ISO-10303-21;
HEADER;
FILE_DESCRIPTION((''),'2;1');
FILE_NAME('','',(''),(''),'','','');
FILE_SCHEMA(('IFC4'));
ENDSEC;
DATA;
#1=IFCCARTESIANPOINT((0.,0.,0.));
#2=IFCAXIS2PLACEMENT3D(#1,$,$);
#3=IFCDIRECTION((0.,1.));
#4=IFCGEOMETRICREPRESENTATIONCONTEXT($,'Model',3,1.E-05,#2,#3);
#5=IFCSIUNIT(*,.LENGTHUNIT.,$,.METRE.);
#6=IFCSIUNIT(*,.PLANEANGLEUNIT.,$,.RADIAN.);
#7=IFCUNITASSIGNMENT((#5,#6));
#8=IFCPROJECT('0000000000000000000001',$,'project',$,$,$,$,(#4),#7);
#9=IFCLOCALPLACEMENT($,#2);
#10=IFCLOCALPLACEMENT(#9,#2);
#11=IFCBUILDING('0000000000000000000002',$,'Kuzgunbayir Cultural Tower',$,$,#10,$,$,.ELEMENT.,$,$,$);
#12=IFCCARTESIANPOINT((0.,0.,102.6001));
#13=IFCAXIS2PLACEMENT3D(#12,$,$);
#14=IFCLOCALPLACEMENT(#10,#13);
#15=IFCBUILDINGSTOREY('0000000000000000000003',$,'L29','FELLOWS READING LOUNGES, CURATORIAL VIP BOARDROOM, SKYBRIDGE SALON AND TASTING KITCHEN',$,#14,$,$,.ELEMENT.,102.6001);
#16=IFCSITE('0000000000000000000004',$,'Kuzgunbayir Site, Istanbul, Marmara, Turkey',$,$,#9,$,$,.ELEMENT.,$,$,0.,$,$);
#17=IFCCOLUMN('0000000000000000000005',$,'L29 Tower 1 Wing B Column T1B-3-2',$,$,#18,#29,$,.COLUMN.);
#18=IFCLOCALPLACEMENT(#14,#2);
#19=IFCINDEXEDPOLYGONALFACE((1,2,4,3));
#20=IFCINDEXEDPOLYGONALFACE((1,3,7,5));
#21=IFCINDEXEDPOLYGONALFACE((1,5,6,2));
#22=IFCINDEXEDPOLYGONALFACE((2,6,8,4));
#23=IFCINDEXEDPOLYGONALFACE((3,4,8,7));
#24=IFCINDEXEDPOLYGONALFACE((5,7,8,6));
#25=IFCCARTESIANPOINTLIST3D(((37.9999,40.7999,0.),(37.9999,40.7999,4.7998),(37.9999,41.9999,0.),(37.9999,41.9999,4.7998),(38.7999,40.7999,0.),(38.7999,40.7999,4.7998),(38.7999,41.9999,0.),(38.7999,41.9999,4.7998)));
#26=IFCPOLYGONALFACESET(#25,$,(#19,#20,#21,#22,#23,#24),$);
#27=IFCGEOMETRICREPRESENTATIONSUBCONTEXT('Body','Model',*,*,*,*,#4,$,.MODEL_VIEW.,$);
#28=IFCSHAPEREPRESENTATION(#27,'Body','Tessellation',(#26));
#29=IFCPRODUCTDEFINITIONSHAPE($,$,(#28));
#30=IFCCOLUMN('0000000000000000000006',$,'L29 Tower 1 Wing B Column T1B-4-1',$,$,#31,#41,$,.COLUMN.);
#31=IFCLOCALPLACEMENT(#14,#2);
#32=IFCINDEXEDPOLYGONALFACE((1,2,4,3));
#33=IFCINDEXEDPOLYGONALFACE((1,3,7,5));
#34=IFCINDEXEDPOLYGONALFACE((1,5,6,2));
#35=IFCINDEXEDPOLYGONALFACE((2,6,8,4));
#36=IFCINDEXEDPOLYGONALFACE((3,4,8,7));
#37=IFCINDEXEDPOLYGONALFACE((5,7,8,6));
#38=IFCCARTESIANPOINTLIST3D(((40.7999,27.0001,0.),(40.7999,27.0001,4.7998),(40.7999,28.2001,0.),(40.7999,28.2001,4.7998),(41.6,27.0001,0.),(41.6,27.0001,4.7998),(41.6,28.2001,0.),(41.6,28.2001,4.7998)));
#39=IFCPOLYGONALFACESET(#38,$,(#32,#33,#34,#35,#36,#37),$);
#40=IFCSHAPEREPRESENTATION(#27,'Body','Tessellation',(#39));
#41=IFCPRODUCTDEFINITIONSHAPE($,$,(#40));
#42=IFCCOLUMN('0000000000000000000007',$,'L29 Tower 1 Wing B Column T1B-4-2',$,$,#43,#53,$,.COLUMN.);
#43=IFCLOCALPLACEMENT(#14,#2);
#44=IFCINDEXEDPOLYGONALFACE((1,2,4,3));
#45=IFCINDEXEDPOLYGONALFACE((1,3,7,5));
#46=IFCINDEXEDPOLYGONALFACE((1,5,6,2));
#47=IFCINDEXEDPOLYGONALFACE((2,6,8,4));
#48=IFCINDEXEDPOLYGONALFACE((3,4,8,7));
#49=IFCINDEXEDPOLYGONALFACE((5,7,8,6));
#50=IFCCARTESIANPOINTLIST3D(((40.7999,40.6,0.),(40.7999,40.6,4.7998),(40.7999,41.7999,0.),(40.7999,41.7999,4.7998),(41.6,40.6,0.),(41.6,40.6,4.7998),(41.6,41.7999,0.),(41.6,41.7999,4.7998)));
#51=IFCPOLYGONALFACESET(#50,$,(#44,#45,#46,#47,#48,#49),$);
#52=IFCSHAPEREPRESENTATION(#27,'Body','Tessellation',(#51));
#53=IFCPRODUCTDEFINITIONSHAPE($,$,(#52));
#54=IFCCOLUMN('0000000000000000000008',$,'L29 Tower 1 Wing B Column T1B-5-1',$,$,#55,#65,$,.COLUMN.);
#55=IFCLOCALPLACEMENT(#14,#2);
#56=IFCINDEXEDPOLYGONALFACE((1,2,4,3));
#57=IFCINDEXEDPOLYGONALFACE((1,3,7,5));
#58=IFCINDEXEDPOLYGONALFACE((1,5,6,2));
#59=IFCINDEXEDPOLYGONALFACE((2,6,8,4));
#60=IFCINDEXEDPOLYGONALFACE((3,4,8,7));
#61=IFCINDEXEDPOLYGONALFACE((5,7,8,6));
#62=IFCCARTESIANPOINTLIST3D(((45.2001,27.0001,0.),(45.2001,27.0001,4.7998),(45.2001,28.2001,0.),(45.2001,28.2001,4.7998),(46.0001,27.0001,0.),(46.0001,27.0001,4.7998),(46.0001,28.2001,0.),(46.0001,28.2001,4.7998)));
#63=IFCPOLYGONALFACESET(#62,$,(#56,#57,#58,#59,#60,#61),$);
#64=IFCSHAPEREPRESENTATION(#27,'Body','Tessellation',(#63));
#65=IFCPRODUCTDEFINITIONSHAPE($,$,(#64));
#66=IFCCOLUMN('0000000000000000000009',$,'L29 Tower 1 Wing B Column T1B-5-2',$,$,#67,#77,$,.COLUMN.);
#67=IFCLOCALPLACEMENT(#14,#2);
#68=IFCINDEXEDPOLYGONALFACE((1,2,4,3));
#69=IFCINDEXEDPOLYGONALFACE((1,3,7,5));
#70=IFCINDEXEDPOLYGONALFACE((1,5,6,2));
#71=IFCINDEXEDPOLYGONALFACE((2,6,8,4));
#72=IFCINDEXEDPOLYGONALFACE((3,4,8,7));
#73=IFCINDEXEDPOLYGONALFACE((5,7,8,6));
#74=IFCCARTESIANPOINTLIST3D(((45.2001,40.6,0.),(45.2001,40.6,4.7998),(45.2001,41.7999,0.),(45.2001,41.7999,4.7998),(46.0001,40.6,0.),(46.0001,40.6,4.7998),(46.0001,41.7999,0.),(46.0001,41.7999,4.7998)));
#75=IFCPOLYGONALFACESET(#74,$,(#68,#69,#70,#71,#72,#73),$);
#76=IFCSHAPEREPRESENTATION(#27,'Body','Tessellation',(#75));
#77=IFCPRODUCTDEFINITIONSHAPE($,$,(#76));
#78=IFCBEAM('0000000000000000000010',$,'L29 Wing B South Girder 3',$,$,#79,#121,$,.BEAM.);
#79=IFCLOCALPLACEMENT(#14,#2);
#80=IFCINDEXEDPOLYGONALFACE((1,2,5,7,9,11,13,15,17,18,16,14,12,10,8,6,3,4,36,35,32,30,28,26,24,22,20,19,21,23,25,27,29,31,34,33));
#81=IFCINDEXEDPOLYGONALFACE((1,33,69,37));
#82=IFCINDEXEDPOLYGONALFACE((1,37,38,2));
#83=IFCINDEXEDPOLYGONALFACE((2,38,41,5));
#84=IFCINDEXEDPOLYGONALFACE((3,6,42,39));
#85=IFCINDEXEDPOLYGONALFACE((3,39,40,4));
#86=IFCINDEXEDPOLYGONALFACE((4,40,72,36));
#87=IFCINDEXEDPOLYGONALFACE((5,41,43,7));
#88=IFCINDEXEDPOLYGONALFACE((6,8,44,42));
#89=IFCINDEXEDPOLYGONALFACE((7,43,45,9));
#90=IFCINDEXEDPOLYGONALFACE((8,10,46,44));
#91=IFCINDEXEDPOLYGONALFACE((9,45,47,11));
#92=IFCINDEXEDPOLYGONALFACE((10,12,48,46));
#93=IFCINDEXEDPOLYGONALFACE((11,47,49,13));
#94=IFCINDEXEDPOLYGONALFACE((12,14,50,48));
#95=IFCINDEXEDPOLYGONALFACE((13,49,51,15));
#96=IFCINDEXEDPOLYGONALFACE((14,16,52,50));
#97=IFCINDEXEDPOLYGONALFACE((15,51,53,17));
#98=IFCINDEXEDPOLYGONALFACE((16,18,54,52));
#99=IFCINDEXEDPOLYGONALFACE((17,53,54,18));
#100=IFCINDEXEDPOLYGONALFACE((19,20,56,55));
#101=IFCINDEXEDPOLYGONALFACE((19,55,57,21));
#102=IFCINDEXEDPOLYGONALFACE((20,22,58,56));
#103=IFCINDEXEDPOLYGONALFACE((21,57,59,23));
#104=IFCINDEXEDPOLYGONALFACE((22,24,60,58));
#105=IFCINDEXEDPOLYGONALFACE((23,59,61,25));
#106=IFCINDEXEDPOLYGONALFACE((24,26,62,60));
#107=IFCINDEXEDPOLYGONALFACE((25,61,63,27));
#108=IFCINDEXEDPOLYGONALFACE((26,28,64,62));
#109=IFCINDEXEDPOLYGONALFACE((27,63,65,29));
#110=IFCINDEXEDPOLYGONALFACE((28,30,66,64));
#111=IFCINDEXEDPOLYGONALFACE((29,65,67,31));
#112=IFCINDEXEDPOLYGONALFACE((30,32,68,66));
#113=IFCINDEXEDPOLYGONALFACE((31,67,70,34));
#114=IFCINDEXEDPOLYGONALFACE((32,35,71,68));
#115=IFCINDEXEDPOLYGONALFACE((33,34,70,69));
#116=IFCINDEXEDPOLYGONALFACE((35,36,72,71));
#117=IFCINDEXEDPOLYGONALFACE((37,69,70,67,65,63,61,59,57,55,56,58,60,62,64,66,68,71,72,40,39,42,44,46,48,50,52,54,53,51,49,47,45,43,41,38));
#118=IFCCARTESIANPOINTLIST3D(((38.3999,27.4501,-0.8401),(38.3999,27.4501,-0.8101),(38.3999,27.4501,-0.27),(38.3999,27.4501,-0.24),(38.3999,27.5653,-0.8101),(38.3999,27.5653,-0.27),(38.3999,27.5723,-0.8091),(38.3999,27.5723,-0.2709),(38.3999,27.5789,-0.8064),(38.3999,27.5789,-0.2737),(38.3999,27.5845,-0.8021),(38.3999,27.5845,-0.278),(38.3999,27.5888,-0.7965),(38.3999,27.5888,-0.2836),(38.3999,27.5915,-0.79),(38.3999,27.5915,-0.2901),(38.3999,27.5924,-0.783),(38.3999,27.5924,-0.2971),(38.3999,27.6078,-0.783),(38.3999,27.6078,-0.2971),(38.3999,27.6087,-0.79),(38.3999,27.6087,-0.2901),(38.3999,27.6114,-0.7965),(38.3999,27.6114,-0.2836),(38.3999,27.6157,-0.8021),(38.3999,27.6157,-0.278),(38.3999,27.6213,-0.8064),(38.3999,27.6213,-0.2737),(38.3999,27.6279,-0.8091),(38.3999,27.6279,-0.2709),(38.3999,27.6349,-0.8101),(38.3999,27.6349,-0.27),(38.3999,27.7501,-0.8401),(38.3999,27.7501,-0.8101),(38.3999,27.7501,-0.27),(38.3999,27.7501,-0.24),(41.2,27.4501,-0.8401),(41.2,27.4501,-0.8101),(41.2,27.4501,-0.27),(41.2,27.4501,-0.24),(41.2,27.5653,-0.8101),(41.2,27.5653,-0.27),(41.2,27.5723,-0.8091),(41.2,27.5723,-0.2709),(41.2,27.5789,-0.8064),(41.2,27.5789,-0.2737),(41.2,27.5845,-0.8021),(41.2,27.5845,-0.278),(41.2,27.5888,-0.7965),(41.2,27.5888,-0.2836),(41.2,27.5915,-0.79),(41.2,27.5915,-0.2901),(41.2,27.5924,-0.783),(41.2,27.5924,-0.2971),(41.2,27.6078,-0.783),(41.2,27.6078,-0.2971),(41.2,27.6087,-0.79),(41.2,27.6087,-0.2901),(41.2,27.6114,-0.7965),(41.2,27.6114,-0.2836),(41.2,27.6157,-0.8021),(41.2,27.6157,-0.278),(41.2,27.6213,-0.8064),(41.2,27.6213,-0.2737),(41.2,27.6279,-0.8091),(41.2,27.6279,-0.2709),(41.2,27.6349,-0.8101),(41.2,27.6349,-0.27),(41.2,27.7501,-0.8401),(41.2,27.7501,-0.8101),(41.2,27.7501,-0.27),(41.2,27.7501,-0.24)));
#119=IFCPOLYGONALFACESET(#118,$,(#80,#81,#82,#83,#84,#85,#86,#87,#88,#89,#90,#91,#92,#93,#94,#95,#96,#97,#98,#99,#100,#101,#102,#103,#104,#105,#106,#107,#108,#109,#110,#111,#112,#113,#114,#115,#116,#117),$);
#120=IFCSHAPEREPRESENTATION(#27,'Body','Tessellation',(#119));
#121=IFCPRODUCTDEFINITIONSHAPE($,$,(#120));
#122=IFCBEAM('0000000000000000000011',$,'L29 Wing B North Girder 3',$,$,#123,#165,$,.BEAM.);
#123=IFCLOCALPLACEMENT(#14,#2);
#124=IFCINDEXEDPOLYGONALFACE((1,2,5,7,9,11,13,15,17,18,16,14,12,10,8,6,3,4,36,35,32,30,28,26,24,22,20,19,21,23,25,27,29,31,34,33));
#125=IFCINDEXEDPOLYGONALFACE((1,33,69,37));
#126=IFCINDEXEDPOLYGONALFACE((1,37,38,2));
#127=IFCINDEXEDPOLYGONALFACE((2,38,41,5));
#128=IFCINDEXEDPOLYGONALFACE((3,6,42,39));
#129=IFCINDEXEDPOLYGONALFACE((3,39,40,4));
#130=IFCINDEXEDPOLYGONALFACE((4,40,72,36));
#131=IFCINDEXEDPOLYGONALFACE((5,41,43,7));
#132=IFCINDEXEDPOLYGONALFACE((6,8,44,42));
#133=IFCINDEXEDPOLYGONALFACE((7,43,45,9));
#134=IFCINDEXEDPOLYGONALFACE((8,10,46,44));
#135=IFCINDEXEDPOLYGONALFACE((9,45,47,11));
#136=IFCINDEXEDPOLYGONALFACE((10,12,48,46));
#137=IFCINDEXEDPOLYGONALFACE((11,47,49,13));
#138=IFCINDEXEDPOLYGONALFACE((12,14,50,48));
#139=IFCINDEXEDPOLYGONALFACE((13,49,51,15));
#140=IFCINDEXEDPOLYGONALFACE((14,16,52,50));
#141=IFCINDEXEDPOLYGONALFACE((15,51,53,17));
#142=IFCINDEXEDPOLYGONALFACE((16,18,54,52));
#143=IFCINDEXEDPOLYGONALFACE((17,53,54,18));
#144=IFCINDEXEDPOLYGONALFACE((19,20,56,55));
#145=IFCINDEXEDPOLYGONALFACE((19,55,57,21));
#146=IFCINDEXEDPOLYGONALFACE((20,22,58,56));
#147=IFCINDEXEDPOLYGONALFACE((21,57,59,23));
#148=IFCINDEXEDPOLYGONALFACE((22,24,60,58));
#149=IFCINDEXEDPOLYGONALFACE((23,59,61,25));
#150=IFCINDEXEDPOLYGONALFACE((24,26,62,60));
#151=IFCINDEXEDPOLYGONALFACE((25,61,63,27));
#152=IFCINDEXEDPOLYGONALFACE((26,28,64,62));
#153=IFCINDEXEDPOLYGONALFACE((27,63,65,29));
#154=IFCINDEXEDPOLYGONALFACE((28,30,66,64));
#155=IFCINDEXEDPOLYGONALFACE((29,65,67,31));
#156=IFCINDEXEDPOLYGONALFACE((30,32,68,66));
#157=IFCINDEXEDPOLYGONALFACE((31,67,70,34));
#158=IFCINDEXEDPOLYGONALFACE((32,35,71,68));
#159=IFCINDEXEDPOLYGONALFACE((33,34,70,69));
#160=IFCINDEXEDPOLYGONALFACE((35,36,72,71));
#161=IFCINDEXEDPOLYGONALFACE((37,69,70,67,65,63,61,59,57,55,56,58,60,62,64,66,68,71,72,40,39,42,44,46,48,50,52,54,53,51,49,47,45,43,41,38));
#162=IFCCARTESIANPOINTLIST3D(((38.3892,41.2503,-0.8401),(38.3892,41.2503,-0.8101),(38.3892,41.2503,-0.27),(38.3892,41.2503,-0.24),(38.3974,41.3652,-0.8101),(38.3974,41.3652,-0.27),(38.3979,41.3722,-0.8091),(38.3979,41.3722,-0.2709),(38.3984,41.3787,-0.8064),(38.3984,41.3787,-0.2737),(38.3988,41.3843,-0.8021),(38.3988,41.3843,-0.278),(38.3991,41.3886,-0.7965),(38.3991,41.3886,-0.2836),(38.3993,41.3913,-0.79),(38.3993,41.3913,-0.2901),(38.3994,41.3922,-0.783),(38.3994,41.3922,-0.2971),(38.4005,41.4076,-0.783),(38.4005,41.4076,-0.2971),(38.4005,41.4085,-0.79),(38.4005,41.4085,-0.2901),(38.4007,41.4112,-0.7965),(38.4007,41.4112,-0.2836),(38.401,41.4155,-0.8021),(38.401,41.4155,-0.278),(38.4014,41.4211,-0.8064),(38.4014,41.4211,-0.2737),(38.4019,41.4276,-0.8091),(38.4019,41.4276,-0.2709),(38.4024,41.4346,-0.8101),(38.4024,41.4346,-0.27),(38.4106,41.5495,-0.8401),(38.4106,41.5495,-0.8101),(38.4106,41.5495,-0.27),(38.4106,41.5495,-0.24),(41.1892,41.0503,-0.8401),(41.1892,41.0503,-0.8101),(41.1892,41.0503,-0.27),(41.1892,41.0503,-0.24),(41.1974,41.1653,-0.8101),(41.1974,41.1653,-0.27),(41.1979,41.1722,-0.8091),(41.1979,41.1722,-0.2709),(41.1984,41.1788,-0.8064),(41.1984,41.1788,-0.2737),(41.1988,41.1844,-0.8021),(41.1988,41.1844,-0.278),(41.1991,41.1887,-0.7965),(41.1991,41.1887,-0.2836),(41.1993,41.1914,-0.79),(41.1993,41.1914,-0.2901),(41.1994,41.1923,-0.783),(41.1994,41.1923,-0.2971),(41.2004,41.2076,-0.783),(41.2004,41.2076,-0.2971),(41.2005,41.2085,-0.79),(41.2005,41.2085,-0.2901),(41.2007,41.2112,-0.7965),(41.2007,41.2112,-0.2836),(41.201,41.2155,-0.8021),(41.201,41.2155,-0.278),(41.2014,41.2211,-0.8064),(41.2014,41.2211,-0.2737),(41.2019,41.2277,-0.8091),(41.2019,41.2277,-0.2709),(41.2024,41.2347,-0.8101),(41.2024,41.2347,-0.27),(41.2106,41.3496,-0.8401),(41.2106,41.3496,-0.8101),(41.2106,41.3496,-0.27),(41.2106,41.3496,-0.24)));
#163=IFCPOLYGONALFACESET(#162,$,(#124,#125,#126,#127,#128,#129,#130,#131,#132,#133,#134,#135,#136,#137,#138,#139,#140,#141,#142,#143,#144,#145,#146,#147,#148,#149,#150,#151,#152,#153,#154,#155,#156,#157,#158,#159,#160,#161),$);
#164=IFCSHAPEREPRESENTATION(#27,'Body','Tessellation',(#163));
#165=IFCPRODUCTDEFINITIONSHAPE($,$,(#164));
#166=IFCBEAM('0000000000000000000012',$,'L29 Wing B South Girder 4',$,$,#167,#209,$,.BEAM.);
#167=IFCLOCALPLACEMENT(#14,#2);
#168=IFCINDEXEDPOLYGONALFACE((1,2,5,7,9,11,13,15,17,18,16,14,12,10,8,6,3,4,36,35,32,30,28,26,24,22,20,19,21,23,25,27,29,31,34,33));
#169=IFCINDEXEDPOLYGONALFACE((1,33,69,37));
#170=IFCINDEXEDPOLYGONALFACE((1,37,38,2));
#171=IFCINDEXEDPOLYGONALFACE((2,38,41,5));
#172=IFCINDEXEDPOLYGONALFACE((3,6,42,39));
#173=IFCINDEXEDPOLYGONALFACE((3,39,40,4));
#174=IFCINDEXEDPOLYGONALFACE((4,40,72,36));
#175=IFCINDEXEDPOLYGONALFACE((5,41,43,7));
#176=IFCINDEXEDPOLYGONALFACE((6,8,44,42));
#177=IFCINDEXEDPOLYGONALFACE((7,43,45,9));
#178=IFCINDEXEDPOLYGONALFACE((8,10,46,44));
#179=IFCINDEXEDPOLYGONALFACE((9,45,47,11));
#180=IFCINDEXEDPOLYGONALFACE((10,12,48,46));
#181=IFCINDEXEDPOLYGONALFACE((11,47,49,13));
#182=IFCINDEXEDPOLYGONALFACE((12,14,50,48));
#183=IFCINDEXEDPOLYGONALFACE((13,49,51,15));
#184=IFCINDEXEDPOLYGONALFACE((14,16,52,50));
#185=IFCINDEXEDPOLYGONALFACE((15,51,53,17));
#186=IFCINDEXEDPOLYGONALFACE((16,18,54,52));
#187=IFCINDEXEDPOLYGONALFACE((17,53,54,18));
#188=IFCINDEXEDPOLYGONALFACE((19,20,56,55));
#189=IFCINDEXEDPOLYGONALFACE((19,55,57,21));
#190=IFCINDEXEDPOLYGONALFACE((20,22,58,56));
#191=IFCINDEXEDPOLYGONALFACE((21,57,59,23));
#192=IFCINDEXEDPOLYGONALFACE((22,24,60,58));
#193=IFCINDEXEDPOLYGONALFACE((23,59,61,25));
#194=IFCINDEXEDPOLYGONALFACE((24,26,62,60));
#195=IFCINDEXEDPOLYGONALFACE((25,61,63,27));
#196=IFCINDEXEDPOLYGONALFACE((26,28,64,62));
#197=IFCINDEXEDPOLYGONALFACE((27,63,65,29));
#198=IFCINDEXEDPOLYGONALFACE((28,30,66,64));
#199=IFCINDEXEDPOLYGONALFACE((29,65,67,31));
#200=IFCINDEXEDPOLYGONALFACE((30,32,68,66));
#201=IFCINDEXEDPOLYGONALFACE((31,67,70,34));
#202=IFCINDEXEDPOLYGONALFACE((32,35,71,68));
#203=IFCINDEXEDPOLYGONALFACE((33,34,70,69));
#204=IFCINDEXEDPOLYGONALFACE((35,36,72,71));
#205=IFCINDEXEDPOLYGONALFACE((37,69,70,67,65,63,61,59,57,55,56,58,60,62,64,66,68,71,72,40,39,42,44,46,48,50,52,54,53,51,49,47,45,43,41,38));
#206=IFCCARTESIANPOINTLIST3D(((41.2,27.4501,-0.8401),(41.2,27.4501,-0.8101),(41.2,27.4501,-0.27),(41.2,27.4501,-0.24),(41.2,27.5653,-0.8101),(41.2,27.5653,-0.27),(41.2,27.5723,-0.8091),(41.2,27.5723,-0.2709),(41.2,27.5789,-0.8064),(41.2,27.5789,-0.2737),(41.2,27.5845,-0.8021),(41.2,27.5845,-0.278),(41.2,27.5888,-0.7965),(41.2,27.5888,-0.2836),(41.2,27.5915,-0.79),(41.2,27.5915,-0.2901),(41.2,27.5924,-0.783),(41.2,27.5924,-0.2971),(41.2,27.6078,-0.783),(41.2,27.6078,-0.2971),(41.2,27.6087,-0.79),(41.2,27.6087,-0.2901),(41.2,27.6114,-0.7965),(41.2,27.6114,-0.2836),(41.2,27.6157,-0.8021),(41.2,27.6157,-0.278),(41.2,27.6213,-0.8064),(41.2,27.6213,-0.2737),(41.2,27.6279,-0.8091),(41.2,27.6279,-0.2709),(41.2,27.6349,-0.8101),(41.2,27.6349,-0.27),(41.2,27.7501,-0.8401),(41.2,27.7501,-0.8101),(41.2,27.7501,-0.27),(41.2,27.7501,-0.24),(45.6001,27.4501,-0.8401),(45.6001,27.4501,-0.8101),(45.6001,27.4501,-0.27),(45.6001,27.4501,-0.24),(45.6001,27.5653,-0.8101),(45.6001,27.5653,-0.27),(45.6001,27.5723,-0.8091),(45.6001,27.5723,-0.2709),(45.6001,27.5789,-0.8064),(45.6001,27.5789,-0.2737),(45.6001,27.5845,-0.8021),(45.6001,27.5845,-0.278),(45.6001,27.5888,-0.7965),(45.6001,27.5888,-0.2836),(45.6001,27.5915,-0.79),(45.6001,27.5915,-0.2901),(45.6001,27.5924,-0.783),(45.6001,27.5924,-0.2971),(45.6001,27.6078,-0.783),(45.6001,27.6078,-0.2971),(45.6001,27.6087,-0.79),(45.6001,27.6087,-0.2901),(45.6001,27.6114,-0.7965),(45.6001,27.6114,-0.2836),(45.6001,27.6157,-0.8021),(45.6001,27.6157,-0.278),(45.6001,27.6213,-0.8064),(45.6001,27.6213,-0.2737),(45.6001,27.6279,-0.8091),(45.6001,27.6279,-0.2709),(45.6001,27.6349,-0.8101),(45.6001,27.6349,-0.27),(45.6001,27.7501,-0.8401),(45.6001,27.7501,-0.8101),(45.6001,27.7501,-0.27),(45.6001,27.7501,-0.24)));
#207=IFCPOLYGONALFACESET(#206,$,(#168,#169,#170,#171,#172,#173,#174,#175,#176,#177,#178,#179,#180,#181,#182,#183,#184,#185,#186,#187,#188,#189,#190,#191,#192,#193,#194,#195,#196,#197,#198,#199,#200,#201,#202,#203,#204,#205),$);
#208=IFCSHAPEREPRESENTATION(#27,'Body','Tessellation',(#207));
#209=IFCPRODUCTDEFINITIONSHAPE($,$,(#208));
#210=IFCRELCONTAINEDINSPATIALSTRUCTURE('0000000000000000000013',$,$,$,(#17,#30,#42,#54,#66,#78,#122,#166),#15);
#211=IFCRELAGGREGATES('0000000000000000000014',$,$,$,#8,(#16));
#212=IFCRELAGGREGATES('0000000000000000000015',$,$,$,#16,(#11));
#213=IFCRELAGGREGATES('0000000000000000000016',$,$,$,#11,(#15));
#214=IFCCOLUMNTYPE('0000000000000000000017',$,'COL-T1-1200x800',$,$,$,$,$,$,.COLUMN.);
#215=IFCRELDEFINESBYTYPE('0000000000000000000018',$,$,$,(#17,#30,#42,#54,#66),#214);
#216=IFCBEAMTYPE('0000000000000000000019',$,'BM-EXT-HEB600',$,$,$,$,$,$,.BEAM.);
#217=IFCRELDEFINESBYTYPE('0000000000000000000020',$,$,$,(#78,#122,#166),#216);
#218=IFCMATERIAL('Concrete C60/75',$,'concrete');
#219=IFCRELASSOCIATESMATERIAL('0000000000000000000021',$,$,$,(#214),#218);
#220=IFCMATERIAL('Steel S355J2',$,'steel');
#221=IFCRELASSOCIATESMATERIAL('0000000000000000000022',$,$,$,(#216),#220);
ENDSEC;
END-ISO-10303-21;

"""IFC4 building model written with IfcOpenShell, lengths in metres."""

from ifc_helpers import new_model, si_unit, direction, frame, origin, origin_2d, place, context, subcontext, project, spatial, rectangle, i_section, extrude, material, material_profile, profile_set, type_object, element, save


model = new_model("IFC4")

# Units and contexts
model_context = context("Model", 3, precision=1e-05, world=origin(), true_north=direction((0.0, 1.0)))
body_context = subcontext(model_context, "Body", "Model", "MODEL_VIEW")
ifc_project = project(units=[si_unit("LENGTHUNIT", "METRE"), si_unit("PLANEANGLEUNIT", "RADIAN")], contexts=[model_context])

# Site, building, storey
site_placement = place(None, origin())
site = spatial("IfcSite", under=ifc_project, at=site_placement, Name="Kuzgunbayir Site, Istanbul, Marmara, Turkey", CompositionType="ELEMENT", RefElevation=0.0)
building_placement = place(site_placement, origin())
building = spatial("IfcBuilding", under=site, at=building_placement, Name="Kuzgunbayir Cultural Tower", CompositionType="ELEMENT")
storey_placement = place(building_placement, frame((0.0, 0.0, 102.6001)))
storey = spatial("IfcBuildingStorey", under=building, at=storey_placement, Name="L29", Description="FELLOWS READING LOUNGES, CURATORIAL VIP BOARDROOM, SKYBRIDGE SALON AND TASTING KITCHEN", CompositionType="ELEMENT", Elevation=102.6001)

# Columns
ifc_material_1 = material(Name="Concrete C60/75", Category="concrete")
ifc_material_profile_1 = material_profile(ifc_material_1, rectangle(XDim=0.8, YDim=1.2, at=origin_2d()), Name="RC 1200x800")
ifc_profile_set_1 = profile_set([ifc_material_profile_1], Name="Concrete C60/75")
column_type = type_object("IfcColumnType", Name="COL-T1-1200x800", PredefinedType="COLUMN", material=ifc_profile_set_1)
for number, where, z_axis, x_axis, name in (
    (1, (38.3999, 41.3999, 0.0), (0.0, 0.0, 1.0), (1.0, 0.0, 0.0), "L29 Tower 1 Wing B Column T1B-3-2"),
    (2, (41.2, 27.6001, 0.0), (0.0, 0.0, 1.0), (1.0, 0.0, 0.0), "L29 Tower 1 Wing B Column T1B-4-1"),
    (3, (41.2, 41.2, 0.0), (0.0, 0.0, 1.0), (1.0, 0.0, 0.0), "L29 Tower 1 Wing B Column T1B-4-2"),
    (4, (45.6001, 27.6001, 0.0), (0.0, 0.0, 1.0), (1.0, 0.0, 0.0), "L29 Tower 1 Wing B Column T1B-5-1"),
    (5, (45.6001, 41.2, 0.0), (0.0, 0.0, 1.0), (1.0, 0.0, 0.0), "L29 Tower 1 Wing B Column T1B-5-2"),
):
    element("IfcColumn", number, at=place(storey_placement, frame(where, z_axis=z_axis, x_axis=x_axis)), inside=storey, type_object=column_type, Name=name, PredefinedType="COLUMN", context=body_context, shape_type="SweptSolid", body=[
        extrude(rectangle(XDim=0.8, YDim=1.2, at=origin_2d()), origin(), (0.0, 0.0, 1.0), 4.7998),
    ])

# Beams
ifc_material_2 = material(Name="Steel S355J2", Category="steel")
ifc_material_profile_2 = material_profile(ifc_material_2, i_section(OverallWidth=0.3, OverallDepth=0.6001, WebThickness=0.0154, FlangeThickness=0.03, FilletRadius=0.0271, at=origin_2d()), Name="HEB 600")
ifc_profile_set_2 = profile_set([ifc_material_profile_2], Name="Steel S355J2")
beam_type_1 = type_object("IfcBeamType", Name="BM-EXT-HEB600", PredefinedType="BEAM", material=ifc_profile_set_2)
beam_1_placement = place(storey_placement, frame((38.3999, 27.6001, -0.54), z_axis=(1.0, 0.0, 0.0), x_axis=(0.0, 1.0, 0.0)))
element("IfcBeam", 6, at=beam_1_placement, inside=storey, type_object=beam_type_1, Name="L29 Wing B South Girder 3", PredefinedType="BEAM", context=body_context, shape_type="SweptSolid", body=[
    extrude(i_section(OverallWidth=0.3, OverallDepth=0.6001, WebThickness=0.0154, FlangeThickness=0.03, FilletRadius=0.0271, at=origin_2d()), origin(), (0.0, 0.0, 1.0), 2.8),
])
beam_2_placement = place(storey_placement, frame((38.3999, 41.3999, -0.54), z_axis=(0.99746, -0.071229, 0.0), x_axis=(0.071229, 0.99746, 0.0)))
element("IfcBeam", 7, at=beam_2_placement, inside=storey, type_object=beam_type_1, Name="L29 Wing B North Girder 3", PredefinedType="BEAM", context=body_context, shape_type="SweptSolid", body=[
    extrude(i_section(OverallWidth=0.3, OverallDepth=0.6001, WebThickness=0.0154, FlangeThickness=0.03, FilletRadius=0.0271, at=origin_2d()), origin(), (0.0, 0.0, 1.0), 2.8071),
])
for number, where, z_axis, x_axis, name in (
    (8, (41.2, 27.6001, -0.54), (1.0, 0.0, 0.0), (0.0, 1.0, 0.0), "L29 Wing B South Girder 4"),
):
    element("IfcBeam", number, at=place(storey_placement, frame(where, z_axis=z_axis, x_axis=x_axis)), inside=storey, type_object=beam_type_1, Name=name, PredefinedType="BEAM", context=body_context, shape_type="SweptSolid", body=[
        extrude(i_section(OverallWidth=0.3, OverallDepth=0.6001, WebThickness=0.0154, FlangeThickness=0.03, FilletRadius=0.0271, at=origin_2d()), origin(), (0.0, 0.0, 1.0), 4.4001),
    ])

save(model, "model.ifc")
